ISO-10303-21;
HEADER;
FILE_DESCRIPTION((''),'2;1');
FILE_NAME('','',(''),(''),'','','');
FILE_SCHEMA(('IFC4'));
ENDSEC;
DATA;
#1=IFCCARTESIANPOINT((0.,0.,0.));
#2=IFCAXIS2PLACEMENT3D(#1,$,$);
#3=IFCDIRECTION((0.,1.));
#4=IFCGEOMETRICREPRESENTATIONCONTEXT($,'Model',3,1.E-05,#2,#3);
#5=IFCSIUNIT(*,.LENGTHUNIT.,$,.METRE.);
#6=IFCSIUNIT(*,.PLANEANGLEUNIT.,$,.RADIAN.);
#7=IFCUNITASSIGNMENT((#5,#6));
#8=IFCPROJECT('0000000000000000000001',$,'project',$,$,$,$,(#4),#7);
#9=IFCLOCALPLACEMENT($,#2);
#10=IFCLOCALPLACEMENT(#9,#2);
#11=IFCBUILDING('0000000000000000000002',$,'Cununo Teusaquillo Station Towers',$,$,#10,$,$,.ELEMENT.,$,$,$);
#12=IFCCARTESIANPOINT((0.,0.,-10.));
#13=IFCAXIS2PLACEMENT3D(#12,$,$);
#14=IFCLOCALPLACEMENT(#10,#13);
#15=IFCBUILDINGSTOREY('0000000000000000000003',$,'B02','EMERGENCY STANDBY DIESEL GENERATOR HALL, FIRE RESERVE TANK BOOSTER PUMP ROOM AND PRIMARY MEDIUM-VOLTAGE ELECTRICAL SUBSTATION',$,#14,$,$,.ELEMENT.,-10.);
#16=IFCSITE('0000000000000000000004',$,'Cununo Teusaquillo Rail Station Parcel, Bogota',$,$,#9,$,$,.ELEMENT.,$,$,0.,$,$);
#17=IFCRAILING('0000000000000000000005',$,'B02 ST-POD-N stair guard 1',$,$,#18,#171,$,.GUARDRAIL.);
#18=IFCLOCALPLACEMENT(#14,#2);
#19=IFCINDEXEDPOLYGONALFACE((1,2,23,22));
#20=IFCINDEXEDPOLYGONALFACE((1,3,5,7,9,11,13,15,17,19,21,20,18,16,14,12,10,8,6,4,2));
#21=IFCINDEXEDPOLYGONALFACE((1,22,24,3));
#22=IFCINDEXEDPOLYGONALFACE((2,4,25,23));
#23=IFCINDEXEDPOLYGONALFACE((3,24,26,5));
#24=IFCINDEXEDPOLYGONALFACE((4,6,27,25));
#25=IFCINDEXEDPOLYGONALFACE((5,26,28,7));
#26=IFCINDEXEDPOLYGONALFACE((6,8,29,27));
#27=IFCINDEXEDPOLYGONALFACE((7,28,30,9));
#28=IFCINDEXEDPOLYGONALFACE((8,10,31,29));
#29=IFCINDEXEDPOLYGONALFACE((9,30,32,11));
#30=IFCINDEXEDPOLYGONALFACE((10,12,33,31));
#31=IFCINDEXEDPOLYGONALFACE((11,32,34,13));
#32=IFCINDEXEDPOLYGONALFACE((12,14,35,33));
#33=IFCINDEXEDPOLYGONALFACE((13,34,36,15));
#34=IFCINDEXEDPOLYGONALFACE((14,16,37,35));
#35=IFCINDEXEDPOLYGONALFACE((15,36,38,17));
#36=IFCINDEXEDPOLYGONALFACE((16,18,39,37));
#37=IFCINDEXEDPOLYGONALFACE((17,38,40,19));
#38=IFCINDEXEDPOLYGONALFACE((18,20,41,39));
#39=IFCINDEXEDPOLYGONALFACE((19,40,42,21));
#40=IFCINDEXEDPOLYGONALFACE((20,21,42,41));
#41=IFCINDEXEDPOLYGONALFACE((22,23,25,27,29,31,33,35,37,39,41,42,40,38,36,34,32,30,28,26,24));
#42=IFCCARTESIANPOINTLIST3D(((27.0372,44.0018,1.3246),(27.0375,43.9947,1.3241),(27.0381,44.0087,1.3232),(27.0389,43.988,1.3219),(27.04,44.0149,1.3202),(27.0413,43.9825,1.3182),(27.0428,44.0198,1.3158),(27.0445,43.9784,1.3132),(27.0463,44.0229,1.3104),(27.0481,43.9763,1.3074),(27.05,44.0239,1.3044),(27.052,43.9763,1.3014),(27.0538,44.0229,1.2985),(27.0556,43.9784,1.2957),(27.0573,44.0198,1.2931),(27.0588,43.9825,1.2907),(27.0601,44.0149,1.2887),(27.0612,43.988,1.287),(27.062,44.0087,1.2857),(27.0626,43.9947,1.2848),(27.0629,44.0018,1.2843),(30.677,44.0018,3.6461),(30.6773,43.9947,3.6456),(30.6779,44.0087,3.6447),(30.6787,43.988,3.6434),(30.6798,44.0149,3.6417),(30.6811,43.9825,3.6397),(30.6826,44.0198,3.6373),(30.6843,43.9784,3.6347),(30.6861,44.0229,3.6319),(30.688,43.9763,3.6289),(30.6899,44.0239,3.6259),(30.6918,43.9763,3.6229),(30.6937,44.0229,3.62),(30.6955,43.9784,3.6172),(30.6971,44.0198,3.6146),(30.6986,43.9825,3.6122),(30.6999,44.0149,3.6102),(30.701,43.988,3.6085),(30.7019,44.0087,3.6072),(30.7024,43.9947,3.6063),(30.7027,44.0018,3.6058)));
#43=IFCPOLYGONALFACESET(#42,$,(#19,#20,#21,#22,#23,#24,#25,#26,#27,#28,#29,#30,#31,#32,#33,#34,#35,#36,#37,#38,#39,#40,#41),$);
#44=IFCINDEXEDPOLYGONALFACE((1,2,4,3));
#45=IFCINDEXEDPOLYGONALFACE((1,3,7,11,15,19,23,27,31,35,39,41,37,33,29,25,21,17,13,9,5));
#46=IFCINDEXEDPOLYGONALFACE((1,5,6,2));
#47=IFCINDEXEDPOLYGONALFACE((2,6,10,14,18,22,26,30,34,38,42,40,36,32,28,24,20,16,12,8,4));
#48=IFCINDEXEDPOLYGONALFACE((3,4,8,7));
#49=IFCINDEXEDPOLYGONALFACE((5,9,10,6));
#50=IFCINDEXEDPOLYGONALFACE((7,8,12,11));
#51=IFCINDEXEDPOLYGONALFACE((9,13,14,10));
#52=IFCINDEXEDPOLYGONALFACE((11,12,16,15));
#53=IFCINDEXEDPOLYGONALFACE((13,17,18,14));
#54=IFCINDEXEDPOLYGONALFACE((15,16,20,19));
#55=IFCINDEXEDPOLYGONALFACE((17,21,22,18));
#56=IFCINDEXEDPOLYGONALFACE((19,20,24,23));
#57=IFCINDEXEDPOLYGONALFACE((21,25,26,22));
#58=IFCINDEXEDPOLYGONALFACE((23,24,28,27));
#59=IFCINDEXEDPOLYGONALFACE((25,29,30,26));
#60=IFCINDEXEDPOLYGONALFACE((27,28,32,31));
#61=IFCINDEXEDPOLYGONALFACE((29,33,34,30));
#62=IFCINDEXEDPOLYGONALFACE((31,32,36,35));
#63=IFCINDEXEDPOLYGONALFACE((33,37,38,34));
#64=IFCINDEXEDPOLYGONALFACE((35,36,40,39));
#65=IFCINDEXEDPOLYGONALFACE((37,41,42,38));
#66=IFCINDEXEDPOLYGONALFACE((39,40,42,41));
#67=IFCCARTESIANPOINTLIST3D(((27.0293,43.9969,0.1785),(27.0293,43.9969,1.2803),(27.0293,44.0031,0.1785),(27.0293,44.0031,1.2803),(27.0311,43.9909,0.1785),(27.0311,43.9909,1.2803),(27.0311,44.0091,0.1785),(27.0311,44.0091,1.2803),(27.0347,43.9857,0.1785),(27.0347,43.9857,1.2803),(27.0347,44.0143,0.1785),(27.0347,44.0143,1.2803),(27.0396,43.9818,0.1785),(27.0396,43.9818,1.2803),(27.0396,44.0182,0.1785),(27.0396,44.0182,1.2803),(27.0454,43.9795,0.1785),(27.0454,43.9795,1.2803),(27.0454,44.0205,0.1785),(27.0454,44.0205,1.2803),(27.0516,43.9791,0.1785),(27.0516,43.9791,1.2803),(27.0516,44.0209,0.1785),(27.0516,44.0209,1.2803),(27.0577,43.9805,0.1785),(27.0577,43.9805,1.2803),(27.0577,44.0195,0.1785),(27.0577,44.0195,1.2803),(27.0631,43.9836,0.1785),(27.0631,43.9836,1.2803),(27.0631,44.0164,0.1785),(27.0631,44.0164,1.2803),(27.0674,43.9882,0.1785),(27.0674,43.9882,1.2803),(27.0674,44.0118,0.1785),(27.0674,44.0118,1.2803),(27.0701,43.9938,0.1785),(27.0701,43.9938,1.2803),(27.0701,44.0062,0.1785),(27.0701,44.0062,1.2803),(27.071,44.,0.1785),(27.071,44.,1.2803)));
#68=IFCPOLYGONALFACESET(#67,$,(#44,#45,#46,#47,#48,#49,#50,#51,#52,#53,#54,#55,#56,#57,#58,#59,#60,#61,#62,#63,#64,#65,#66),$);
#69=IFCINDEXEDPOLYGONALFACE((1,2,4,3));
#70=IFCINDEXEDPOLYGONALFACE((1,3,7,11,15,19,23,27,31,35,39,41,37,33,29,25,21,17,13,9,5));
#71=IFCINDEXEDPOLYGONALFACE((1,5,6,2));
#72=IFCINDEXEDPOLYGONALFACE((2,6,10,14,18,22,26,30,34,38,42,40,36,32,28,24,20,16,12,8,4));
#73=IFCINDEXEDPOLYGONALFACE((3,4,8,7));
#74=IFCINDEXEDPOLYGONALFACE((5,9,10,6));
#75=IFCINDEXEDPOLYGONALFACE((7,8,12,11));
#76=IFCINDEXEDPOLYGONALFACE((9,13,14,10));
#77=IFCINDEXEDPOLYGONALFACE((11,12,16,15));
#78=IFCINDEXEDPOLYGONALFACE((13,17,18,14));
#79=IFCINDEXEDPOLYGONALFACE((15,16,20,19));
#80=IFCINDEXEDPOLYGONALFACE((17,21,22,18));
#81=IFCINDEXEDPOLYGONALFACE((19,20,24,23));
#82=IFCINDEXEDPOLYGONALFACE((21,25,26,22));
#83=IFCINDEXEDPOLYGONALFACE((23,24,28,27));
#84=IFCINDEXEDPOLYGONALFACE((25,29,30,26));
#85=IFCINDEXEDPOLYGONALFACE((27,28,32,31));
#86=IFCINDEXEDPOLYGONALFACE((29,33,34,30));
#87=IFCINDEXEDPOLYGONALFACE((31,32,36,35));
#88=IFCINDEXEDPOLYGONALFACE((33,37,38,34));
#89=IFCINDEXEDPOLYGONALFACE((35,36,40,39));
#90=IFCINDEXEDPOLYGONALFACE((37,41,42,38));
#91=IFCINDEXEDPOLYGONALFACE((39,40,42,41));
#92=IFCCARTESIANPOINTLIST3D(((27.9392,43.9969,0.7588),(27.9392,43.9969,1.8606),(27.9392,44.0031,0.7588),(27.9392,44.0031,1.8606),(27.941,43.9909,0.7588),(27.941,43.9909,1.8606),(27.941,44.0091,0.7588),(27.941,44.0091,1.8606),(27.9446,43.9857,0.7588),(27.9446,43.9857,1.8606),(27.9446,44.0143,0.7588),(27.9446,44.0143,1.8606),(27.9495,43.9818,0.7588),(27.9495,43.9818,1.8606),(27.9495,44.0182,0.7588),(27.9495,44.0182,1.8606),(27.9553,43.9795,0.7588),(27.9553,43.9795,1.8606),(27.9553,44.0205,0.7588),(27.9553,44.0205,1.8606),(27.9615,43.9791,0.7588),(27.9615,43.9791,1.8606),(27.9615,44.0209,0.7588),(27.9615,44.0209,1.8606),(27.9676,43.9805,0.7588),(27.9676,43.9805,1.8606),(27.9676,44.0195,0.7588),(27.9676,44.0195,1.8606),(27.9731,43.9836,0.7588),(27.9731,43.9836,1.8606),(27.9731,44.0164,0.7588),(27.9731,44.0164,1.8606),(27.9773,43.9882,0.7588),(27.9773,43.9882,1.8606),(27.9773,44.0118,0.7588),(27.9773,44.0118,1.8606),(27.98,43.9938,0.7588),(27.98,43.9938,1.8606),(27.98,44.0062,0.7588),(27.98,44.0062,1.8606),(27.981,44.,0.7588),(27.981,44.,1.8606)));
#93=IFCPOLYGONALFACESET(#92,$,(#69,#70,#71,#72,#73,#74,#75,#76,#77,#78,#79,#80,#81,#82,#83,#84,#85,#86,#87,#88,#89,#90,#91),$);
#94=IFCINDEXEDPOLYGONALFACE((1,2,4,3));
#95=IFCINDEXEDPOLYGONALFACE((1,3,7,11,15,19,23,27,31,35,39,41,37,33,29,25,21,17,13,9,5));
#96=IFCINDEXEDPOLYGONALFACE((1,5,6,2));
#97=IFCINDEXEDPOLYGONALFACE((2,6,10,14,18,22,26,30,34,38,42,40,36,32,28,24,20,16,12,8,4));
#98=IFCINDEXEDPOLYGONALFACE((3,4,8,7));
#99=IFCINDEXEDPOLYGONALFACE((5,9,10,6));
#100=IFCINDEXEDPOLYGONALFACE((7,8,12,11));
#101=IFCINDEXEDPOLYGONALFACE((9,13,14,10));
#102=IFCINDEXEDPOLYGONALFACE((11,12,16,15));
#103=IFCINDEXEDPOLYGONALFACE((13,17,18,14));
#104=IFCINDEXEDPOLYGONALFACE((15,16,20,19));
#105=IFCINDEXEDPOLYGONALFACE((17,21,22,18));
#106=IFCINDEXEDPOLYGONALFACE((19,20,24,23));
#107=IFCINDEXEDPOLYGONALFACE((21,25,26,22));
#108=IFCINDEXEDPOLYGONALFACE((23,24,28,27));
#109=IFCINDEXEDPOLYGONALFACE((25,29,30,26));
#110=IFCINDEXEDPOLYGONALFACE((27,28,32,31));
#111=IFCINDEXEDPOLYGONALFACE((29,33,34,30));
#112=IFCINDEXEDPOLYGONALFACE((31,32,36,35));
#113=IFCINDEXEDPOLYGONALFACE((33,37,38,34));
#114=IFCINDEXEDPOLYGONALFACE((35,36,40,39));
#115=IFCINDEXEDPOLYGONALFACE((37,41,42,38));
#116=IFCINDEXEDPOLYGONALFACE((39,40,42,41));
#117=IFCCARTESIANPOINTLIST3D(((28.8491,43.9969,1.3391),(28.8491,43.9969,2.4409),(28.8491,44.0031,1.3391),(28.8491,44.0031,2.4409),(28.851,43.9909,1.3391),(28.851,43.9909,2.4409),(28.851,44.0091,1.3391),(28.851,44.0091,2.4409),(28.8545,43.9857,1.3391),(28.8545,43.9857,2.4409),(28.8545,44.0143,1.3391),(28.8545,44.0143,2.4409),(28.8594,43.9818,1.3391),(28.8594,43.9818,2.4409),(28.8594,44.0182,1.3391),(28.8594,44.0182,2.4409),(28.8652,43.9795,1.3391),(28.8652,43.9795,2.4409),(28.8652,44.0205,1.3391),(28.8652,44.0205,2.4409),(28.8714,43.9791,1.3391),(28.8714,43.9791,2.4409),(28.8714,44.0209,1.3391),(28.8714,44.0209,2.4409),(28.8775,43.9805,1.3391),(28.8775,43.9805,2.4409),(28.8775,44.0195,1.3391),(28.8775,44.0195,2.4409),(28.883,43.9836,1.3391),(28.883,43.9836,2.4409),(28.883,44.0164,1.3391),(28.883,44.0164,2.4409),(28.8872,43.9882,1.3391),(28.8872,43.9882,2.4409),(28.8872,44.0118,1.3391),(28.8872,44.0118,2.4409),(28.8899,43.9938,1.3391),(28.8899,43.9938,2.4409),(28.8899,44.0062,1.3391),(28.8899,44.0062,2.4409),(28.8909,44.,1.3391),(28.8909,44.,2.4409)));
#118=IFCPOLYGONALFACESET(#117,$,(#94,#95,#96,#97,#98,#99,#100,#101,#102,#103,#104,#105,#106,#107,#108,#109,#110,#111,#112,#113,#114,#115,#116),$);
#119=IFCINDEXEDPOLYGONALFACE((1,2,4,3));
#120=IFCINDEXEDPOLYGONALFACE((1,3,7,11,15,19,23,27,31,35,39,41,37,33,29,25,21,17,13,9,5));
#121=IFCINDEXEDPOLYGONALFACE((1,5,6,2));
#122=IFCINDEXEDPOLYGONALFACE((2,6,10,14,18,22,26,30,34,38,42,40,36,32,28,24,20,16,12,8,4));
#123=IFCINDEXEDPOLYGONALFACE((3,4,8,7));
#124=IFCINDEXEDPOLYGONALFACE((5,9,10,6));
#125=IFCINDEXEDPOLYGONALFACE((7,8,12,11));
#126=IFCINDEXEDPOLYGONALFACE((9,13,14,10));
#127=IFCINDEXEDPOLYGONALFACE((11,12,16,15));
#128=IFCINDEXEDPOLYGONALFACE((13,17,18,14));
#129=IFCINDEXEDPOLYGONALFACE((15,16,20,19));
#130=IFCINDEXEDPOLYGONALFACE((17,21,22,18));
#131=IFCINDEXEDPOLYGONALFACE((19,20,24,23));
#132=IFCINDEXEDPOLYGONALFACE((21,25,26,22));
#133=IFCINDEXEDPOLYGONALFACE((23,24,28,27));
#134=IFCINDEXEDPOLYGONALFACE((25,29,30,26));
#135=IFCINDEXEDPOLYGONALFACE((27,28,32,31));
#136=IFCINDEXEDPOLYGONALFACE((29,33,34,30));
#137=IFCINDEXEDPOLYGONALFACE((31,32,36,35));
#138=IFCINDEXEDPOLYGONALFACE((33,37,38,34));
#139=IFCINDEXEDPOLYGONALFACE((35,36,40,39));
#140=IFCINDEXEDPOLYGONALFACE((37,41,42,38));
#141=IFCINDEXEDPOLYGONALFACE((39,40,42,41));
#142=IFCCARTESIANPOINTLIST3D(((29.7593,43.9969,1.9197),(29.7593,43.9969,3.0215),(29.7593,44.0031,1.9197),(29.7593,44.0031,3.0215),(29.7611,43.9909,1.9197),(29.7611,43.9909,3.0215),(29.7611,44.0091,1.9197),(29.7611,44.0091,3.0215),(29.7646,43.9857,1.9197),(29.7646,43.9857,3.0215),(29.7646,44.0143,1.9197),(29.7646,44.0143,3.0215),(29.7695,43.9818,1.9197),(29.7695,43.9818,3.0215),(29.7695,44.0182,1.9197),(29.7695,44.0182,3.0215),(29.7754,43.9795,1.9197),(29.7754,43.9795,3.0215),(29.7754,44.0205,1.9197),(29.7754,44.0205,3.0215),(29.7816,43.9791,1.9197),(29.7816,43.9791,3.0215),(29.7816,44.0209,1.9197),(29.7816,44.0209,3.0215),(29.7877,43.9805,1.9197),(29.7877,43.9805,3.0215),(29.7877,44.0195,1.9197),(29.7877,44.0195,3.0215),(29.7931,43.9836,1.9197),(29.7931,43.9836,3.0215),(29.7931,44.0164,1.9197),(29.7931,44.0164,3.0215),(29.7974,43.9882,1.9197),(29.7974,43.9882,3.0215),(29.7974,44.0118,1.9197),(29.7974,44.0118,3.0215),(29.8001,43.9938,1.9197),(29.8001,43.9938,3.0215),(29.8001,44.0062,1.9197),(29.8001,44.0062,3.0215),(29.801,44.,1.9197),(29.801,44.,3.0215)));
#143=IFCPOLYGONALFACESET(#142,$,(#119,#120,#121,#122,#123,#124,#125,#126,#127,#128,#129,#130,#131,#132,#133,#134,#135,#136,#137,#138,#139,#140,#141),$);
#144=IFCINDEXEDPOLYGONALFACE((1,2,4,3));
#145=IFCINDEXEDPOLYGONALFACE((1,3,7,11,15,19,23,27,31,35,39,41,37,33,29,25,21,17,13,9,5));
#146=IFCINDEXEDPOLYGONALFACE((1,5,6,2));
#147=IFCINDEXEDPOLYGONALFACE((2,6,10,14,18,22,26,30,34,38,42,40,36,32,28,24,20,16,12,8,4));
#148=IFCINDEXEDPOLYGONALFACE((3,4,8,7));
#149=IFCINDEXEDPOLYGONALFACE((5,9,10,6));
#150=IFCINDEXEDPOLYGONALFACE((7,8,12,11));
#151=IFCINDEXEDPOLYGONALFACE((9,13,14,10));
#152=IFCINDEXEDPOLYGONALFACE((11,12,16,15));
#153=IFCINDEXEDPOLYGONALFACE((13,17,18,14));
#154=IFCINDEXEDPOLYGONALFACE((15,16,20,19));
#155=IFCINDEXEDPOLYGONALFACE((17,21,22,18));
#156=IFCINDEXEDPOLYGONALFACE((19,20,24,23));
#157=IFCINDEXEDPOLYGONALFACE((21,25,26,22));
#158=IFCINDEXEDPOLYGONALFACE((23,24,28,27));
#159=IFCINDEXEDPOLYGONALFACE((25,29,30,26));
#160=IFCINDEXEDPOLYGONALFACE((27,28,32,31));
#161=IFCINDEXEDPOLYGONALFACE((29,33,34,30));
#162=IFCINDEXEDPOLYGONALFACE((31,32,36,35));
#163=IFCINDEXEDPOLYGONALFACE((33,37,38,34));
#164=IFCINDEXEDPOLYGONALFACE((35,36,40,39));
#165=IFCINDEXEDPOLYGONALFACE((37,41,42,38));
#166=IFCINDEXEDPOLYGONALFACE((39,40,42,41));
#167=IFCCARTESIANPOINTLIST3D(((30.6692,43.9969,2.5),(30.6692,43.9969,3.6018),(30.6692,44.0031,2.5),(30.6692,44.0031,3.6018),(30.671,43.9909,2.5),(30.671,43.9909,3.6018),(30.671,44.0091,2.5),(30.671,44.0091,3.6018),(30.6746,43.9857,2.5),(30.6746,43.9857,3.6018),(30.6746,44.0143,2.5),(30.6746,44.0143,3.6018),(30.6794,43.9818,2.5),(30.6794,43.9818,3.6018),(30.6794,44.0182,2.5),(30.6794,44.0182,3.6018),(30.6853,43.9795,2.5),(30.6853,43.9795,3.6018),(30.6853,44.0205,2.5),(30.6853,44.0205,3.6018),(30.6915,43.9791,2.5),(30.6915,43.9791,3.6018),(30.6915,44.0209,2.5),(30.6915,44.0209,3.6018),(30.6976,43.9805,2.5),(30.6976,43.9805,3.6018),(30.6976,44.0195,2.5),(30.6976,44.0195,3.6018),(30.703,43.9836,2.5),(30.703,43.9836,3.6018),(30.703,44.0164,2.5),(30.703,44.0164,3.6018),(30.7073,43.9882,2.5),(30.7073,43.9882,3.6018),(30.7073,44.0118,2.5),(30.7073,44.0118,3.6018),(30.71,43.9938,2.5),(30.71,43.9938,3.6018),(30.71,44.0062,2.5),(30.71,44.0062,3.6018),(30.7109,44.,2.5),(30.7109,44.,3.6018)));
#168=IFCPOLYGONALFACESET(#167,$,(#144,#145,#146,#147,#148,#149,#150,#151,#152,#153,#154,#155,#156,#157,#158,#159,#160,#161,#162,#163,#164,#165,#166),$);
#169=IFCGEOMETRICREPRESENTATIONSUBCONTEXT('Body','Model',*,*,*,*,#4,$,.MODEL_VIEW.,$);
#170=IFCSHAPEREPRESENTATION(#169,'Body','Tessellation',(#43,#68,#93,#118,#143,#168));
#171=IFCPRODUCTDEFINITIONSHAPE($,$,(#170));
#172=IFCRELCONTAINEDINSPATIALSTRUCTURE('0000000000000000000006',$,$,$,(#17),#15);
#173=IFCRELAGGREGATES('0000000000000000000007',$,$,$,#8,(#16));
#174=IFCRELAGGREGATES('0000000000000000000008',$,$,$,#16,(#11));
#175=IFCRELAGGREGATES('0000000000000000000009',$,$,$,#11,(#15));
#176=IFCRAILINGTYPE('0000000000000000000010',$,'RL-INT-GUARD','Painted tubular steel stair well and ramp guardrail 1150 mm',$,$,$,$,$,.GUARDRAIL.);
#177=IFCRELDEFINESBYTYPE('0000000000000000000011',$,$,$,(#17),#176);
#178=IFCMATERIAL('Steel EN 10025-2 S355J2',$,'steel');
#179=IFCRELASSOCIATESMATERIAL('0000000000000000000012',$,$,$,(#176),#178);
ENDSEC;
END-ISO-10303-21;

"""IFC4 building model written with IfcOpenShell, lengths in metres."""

from ifc_helpers import new_model, si_unit, direction, frame, origin, origin_2d, place, context, subcontext, project, spatial, circle, extrude, material, type_object, element, save


model = new_model("IFC4")

# Units and contexts
model_context = context("Model", 3, precision=1e-05, world=origin(), true_north=direction((0.0, 1.0)))
body_context = subcontext(model_context, "Body", "Model", "MODEL_VIEW")
ifc_project = project(units=[si_unit("LENGTHUNIT", "METRE"), si_unit("PLANEANGLEUNIT", "RADIAN")], contexts=[model_context])

# Site, building, storey
site_placement = place(None, origin())
site = spatial("IfcSite", under=ifc_project, at=site_placement, Name="Cununo Teusaquillo Rail Station Parcel, Bogota", CompositionType="ELEMENT", RefElevation=0.0)
building_placement = place(site_placement, origin())
building = spatial("IfcBuilding", under=site, at=building_placement, Name="Cununo Teusaquillo Station Towers", CompositionType="ELEMENT")
storey_placement = place(building_placement, frame((0.0, 0.0, -10.0)))
storey = spatial("IfcBuildingStorey", under=building, at=storey_placement, Name="B02", Description="EMERGENCY STANDBY DIESEL GENERATOR HALL, FIRE RESERVE TANK BOOSTER PUMP ROOM AND PRIMARY MEDIUM-VOLTAGE ELECTRICAL SUBSTATION", CompositionType="ELEMENT", Elevation=-10.0)

# Railing
ifc_material_1 = material(Name="Steel EN 10025-2 S355J2", Category="steel")
railing_type_1 = type_object("IfcRailingType", Name="RL-INT-GUARD", Description="Painted tubular steel stair well and ramp guardrail 1150 mm", PredefinedType="GUARDRAIL", material=ifc_material_1)
railing_1_placement = place(storey_placement, frame((27.05, 44.0, 0.1785)))
element("IfcRailing", 1, at=railing_1_placement, inside=storey, type_object=railing_type_1, Name="B02 ST-POD-N stair guard 1", PredefinedType="GUARDRAIL", context=body_context, shape_type="SweptSolid", body=[
    extrude(circle(Radius=0.0239, at=origin_2d()), frame((0.0, 0.0, 1.126), z_axis=(0.843112, 0.0, 0.537739), x_axis=(0.0, 1.0, 0.0)), (0.0, 0.0, 1.0), 4.3171),
    extrude(circle(Radius=0.021, at=origin_2d()), origin(), (0.0, 0.0, 1.0), 1.1018),
    extrude(circle(Radius=0.021, at=origin_2d()), frame((0.9099, 0.0, 0.5803)), (0.0, 0.0, 1.0), 1.1018),
    extrude(circle(Radius=0.021, at=origin_2d()), frame((1.8198, 0.0, 1.1606)), (0.0, 0.0, 1.0), 1.1018),
    extrude(circle(Radius=0.021, at=origin_2d()), frame((2.73, 0.0, 1.7412)), (0.0, 0.0, 1.0), 1.1018),
    extrude(circle(Radius=0.021, at=origin_2d()), frame((3.6399, 0.0, 2.3215)), (0.0, 0.0, 1.0), 1.1018),
])

save(model, "model.ifc")
